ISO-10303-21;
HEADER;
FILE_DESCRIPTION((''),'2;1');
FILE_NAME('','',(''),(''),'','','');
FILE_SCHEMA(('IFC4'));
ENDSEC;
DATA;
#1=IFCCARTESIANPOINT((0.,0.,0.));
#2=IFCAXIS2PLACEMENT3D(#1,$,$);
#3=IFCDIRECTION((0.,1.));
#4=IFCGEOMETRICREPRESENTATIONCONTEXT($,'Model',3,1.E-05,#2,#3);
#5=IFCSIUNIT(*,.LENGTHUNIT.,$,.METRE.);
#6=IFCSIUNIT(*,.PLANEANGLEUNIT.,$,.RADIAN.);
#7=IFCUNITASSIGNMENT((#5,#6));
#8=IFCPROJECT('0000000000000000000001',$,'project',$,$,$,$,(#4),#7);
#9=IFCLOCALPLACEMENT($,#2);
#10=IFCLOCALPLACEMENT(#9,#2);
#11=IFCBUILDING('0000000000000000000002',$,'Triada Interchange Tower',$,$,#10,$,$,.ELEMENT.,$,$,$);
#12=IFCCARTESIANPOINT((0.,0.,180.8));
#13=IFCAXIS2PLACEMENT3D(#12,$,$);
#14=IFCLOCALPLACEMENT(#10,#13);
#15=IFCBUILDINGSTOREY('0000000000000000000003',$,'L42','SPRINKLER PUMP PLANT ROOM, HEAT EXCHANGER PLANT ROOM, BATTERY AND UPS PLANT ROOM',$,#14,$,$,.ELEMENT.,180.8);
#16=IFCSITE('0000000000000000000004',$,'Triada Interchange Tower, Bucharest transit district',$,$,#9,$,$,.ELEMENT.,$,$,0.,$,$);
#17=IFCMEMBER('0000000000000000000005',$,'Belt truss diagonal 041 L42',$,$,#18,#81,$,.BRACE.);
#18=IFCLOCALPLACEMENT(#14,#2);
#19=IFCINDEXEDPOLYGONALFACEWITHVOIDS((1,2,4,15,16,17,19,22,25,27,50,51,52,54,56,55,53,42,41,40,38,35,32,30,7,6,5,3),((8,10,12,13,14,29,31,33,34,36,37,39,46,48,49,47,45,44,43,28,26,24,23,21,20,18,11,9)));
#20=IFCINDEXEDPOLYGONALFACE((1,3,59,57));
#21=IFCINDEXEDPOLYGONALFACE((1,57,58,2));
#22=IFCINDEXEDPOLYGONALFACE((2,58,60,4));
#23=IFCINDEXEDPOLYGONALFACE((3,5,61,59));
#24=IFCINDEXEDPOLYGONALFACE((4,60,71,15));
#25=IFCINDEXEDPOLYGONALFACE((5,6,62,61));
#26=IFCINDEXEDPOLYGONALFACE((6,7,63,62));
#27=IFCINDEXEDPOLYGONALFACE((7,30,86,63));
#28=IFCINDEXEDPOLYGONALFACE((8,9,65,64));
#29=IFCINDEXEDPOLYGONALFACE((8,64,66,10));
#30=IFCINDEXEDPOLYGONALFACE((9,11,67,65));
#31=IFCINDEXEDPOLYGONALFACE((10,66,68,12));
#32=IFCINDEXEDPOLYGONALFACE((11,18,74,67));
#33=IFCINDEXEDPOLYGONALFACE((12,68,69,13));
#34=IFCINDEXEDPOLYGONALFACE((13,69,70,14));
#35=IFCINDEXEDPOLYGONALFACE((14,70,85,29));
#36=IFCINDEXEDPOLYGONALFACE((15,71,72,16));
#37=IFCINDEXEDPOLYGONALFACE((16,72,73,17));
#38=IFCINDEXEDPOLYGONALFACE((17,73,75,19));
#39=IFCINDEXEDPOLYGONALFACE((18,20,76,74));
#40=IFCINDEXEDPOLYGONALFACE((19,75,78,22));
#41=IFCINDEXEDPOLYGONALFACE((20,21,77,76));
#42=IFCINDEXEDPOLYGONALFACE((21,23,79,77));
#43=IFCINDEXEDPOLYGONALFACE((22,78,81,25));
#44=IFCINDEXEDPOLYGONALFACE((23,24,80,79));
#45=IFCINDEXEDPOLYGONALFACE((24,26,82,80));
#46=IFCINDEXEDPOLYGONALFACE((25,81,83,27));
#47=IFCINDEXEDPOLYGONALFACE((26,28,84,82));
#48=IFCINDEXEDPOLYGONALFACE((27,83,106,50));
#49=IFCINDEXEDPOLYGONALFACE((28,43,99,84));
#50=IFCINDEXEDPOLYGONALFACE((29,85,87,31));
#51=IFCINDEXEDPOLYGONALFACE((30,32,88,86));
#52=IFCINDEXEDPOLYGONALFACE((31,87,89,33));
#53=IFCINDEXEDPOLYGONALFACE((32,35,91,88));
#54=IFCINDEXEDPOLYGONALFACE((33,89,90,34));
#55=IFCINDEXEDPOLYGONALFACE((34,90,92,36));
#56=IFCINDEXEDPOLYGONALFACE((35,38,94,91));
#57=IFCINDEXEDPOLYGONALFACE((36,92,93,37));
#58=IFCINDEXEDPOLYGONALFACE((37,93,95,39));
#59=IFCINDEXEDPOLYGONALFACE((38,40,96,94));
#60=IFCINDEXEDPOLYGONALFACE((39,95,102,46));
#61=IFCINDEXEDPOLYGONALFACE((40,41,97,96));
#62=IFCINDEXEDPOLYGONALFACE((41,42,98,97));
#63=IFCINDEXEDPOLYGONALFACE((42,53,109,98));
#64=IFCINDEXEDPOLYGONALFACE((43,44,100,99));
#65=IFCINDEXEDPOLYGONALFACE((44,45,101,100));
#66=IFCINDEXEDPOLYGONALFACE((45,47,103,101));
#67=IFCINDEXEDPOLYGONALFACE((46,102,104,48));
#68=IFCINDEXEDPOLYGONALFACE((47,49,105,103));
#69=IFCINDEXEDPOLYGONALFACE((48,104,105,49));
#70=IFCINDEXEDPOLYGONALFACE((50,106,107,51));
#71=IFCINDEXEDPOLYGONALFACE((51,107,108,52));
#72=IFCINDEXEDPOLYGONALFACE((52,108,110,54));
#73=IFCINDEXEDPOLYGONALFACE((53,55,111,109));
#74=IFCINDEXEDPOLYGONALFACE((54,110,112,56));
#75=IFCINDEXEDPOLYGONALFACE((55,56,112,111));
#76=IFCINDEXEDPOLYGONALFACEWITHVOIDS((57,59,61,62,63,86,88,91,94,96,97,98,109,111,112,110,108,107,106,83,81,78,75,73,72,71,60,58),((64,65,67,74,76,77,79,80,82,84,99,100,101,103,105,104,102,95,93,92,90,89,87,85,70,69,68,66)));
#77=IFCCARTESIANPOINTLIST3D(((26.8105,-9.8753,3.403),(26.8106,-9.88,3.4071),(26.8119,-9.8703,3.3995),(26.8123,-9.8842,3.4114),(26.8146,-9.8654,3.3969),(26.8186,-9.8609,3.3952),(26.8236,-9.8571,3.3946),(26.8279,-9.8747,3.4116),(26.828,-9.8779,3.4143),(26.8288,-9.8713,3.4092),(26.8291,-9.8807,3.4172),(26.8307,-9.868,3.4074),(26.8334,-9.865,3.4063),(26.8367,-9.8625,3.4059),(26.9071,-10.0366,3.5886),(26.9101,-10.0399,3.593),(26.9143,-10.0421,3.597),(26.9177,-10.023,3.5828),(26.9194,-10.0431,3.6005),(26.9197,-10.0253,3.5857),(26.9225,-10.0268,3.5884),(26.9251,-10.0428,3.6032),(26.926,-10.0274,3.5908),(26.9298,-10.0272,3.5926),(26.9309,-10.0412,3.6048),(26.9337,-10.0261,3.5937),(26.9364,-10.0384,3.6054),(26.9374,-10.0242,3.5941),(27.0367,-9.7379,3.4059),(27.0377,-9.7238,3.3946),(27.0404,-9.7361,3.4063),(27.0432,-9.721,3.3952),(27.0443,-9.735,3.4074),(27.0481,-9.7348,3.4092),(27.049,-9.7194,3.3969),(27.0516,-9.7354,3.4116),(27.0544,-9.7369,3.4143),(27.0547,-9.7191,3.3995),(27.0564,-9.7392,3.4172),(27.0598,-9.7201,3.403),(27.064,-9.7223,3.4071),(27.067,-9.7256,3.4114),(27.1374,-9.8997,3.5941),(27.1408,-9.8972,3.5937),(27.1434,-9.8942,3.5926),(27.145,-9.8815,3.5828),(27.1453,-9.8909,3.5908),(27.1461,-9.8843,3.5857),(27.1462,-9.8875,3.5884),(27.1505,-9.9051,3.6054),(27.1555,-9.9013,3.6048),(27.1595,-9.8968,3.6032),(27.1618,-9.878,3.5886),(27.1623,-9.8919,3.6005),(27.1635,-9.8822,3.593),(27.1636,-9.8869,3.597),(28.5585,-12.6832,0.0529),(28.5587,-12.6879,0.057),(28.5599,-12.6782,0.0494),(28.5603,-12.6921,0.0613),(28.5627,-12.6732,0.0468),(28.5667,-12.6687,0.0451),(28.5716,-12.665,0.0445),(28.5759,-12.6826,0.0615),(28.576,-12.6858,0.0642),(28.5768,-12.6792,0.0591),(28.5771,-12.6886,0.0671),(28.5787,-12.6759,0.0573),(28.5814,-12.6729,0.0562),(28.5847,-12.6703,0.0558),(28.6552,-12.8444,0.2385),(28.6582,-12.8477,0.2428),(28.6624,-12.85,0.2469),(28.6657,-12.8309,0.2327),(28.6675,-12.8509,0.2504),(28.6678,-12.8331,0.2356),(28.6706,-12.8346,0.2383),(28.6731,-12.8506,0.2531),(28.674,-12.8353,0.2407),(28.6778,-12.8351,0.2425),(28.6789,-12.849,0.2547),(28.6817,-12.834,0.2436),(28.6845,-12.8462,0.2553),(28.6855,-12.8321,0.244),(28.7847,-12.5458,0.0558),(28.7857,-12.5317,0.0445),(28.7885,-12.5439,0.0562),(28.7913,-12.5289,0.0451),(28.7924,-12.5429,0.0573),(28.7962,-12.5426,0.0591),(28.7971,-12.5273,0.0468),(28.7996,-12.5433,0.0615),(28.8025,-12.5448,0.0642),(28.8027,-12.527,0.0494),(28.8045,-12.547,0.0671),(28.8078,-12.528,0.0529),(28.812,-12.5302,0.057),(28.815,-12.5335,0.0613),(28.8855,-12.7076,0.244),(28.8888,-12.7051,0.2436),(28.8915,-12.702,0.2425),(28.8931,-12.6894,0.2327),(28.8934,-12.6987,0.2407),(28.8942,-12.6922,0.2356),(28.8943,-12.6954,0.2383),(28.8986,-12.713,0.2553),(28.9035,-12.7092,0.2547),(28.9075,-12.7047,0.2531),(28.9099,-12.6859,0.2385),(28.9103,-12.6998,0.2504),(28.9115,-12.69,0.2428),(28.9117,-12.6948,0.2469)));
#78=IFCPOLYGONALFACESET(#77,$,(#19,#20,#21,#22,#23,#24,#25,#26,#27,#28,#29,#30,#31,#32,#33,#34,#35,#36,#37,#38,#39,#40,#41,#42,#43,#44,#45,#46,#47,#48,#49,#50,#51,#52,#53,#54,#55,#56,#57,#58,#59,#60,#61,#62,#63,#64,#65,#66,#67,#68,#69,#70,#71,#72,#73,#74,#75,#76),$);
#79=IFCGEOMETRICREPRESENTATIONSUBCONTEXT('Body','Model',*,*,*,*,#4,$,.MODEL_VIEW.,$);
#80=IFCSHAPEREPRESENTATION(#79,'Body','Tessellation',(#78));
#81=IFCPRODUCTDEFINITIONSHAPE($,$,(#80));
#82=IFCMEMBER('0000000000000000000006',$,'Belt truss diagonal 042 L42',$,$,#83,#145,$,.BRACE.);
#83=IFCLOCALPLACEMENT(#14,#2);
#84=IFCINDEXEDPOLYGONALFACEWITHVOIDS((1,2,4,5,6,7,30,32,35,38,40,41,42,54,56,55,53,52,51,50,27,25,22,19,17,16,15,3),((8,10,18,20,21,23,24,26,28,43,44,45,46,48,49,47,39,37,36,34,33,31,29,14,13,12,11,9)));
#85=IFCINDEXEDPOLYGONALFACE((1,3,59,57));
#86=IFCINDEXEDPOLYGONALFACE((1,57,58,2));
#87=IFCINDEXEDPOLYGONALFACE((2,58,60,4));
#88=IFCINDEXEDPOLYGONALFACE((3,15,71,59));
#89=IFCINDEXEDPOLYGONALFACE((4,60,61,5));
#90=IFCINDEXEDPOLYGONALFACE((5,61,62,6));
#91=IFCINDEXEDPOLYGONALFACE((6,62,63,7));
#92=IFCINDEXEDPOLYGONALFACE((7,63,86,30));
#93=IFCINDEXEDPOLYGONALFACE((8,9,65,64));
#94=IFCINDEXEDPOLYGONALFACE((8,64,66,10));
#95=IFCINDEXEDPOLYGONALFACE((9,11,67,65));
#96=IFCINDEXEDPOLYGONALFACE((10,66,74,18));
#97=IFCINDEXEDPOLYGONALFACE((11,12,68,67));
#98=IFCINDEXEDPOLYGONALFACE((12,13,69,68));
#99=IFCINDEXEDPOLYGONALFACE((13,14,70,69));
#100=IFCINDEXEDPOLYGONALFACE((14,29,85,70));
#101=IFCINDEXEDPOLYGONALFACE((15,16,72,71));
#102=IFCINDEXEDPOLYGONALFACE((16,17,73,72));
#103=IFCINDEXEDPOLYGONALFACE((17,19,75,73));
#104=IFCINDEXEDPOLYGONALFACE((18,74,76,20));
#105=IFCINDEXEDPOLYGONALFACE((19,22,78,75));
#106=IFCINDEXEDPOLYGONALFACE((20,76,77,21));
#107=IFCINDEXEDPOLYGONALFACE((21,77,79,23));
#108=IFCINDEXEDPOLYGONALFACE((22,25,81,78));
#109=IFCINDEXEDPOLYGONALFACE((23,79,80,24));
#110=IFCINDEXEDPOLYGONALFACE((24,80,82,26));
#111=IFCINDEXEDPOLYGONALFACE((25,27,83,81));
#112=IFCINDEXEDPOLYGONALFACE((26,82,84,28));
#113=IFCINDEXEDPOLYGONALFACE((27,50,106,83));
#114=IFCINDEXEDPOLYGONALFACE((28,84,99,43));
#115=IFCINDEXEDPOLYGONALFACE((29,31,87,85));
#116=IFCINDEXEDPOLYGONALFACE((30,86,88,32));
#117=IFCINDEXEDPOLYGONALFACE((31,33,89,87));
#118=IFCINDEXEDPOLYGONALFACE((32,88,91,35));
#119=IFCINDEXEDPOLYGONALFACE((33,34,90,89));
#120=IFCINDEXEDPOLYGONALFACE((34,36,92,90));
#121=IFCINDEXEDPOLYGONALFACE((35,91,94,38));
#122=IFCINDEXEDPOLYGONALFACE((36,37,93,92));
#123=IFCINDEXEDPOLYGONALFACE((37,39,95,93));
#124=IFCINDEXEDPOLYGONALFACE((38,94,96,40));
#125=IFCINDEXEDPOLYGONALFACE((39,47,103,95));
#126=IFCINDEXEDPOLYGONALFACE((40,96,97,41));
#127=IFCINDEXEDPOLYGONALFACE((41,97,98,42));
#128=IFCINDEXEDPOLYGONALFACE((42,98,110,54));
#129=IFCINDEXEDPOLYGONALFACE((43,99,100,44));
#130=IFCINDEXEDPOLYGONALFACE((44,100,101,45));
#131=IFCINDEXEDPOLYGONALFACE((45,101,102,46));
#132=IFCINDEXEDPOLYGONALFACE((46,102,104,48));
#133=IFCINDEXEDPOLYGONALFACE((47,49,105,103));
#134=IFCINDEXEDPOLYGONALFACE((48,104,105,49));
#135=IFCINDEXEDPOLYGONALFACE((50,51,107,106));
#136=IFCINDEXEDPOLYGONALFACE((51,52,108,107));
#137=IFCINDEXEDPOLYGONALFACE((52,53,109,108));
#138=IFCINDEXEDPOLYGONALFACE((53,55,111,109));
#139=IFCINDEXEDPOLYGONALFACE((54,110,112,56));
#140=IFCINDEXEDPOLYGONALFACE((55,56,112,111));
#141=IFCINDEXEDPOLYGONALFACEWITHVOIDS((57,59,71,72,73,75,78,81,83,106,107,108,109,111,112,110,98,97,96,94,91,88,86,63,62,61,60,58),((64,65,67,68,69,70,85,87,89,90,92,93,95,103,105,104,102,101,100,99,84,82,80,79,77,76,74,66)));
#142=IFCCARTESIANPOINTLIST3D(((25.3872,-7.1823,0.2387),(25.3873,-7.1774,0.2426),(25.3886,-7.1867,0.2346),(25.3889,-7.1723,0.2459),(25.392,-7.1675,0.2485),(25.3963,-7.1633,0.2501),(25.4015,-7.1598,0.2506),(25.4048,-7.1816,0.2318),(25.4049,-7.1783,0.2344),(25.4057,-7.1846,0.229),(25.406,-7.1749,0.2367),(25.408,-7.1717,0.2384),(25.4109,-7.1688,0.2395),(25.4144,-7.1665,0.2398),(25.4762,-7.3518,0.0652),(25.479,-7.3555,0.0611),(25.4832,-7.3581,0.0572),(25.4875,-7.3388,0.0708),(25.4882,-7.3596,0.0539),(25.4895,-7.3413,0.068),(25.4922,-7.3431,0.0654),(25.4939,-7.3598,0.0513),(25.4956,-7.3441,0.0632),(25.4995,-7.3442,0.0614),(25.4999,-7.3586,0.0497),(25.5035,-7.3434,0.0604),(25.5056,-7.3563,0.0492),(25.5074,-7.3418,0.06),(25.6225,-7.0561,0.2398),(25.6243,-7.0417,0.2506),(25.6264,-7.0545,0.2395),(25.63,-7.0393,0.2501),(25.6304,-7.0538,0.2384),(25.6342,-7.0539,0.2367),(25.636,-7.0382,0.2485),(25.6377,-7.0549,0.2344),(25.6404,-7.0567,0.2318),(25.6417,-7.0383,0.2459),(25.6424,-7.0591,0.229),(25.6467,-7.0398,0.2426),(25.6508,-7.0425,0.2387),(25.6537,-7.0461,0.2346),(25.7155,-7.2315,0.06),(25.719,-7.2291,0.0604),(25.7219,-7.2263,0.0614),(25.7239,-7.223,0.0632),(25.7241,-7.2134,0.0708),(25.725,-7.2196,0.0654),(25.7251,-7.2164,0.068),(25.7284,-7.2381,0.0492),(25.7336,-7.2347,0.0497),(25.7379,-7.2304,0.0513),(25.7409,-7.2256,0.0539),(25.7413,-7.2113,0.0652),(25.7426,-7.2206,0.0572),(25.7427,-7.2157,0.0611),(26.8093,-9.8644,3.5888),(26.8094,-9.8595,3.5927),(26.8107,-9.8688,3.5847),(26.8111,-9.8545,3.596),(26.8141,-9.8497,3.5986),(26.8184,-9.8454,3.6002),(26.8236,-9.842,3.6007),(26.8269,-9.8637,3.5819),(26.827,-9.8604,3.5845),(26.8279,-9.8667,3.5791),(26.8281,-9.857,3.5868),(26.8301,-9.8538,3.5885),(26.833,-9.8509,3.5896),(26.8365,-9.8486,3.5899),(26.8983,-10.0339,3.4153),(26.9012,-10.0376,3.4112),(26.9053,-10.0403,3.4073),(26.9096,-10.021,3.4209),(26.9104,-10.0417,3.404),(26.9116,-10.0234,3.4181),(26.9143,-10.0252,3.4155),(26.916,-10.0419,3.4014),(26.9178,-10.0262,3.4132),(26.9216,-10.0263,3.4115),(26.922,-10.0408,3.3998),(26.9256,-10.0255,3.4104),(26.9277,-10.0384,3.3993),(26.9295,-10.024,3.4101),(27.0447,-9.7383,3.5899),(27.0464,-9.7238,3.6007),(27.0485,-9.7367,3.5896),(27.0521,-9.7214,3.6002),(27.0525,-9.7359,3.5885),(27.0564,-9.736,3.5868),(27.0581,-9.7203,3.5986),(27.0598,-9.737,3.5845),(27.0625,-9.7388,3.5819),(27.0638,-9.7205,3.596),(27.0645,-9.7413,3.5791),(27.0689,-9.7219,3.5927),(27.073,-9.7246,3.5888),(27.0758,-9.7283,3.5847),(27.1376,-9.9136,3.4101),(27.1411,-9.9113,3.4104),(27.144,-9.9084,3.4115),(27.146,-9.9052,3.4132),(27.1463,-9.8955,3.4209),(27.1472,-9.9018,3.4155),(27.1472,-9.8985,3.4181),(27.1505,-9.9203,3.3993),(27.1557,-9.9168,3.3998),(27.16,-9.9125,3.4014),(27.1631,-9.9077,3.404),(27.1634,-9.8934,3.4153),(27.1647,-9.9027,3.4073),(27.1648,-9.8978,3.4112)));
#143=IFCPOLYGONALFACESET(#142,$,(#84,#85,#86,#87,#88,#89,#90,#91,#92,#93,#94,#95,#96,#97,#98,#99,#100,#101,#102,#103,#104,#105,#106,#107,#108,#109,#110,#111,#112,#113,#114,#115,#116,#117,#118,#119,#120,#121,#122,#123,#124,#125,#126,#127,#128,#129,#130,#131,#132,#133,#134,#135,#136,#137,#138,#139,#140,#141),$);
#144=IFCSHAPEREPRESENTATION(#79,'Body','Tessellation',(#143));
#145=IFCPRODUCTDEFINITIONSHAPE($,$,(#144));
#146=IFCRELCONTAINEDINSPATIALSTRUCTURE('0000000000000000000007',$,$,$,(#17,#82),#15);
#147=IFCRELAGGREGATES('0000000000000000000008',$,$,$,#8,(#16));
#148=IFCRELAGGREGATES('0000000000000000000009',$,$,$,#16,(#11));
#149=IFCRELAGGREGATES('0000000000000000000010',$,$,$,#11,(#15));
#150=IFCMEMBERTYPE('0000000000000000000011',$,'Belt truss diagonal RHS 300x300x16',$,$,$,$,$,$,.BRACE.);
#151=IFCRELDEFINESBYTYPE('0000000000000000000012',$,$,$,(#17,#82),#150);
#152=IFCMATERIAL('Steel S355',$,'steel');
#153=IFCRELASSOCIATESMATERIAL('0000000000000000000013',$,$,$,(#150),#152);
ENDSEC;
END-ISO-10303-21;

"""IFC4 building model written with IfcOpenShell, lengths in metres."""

from ifc_helpers import new_model, si_unit, direction, frame, origin, origin_2d, place, context, subcontext, project, spatial, hollow_rectangle, extrude, material, material_profile, profile_set, type_object, element, save


model = new_model("IFC4")

# Units and contexts
model_context = context("Model", 3, precision=1e-05, world=origin(), true_north=direction((0.0, 1.0)))
body_context = subcontext(model_context, "Body", "Model", "MODEL_VIEW")
ifc_project = project(units=[si_unit("LENGTHUNIT", "METRE"), si_unit("PLANEANGLEUNIT", "RADIAN")], contexts=[model_context])

# Site, building, storey
site_placement = place(None, origin())
site = spatial("IfcSite", under=ifc_project, at=site_placement, Name="Triada Interchange Tower, Bucharest transit district", CompositionType="ELEMENT", RefElevation=0.0)
building_placement = place(site_placement, origin())
building = spatial("IfcBuilding", under=site, at=building_placement, Name="Triada Interchange Tower", CompositionType="ELEMENT")
storey_placement = place(building_placement, frame((0.0, 0.0, 180.8)))
storey = spatial("IfcBuildingStorey", under=building, at=storey_placement, Name="L42", Description="SPRINKLER PUMP PLANT ROOM, HEAT EXCHANGER PLANT ROOM, BATTERY AND UPS PLANT ROOM", CompositionType="ELEMENT", Elevation=180.8)

# Members
ifc_material_1 = material(Name="Steel S355", Category="steel")
ifc_material_profile_1 = material_profile(ifc_material_1, hollow_rectangle(XDim=0.3, YDim=0.3, WallThickness=0.0161, InnerFilletRadius=0.0161, OuterFilletRadius=0.0239, at=origin_2d()), Name="RHS 300x300x16")
ifc_profile_set_1 = profile_set([ifc_material_profile_1], Name="Steel S355")
member_type_1 = type_object("IfcMemberType", Name="Belt truss diagonal RHS 300x300x16", PredefinedType="BRACE", material=ifc_profile_set_1)
member_1_placement = place(storey_placement, frame((28.7351, -12.689, 0.1499), z_axis=(-0.371313, 0.596434, 0.711613), x_axis=(-0.84893, -0.528505, 0.0)))
element("IfcMember", 1, at=member_1_placement, inside=storey, type_object=member_type_1, Name="Belt truss diagonal 041 L42", PredefinedType="BRACE", context=body_context, shape_type="SweptSolid", body=[
    extrude(hollow_rectangle(XDim=0.3, YDim=0.3, WallThickness=0.0161, InnerFilletRadius=0.0161, OuterFilletRadius=0.0239, at=origin_2d()), origin(), (0.0, 0.0, 1.0), 4.7078),
])
member_2_placement = place(storey_placement, frame((25.5649, -7.199, 0.1499), z_axis=(0.314559, -0.593261, 0.741009), x_axis=(0.883492, 0.468446, 0.0)))
element("IfcMember", 2, at=member_2_placement, inside=storey, type_object=member_type_1, Name="Belt truss diagonal 042 L42", PredefinedType="BRACE", context=body_context, shape_type="SweptSolid", body=[
    extrude(hollow_rectangle(XDim=0.3, YDim=0.3, WallThickness=0.0161, InnerFilletRadius=0.0161, OuterFilletRadius=0.0239, at=origin_2d()), origin(), (0.0, 0.0, 1.0), 4.521),
])

save(model, "model.ifc")
